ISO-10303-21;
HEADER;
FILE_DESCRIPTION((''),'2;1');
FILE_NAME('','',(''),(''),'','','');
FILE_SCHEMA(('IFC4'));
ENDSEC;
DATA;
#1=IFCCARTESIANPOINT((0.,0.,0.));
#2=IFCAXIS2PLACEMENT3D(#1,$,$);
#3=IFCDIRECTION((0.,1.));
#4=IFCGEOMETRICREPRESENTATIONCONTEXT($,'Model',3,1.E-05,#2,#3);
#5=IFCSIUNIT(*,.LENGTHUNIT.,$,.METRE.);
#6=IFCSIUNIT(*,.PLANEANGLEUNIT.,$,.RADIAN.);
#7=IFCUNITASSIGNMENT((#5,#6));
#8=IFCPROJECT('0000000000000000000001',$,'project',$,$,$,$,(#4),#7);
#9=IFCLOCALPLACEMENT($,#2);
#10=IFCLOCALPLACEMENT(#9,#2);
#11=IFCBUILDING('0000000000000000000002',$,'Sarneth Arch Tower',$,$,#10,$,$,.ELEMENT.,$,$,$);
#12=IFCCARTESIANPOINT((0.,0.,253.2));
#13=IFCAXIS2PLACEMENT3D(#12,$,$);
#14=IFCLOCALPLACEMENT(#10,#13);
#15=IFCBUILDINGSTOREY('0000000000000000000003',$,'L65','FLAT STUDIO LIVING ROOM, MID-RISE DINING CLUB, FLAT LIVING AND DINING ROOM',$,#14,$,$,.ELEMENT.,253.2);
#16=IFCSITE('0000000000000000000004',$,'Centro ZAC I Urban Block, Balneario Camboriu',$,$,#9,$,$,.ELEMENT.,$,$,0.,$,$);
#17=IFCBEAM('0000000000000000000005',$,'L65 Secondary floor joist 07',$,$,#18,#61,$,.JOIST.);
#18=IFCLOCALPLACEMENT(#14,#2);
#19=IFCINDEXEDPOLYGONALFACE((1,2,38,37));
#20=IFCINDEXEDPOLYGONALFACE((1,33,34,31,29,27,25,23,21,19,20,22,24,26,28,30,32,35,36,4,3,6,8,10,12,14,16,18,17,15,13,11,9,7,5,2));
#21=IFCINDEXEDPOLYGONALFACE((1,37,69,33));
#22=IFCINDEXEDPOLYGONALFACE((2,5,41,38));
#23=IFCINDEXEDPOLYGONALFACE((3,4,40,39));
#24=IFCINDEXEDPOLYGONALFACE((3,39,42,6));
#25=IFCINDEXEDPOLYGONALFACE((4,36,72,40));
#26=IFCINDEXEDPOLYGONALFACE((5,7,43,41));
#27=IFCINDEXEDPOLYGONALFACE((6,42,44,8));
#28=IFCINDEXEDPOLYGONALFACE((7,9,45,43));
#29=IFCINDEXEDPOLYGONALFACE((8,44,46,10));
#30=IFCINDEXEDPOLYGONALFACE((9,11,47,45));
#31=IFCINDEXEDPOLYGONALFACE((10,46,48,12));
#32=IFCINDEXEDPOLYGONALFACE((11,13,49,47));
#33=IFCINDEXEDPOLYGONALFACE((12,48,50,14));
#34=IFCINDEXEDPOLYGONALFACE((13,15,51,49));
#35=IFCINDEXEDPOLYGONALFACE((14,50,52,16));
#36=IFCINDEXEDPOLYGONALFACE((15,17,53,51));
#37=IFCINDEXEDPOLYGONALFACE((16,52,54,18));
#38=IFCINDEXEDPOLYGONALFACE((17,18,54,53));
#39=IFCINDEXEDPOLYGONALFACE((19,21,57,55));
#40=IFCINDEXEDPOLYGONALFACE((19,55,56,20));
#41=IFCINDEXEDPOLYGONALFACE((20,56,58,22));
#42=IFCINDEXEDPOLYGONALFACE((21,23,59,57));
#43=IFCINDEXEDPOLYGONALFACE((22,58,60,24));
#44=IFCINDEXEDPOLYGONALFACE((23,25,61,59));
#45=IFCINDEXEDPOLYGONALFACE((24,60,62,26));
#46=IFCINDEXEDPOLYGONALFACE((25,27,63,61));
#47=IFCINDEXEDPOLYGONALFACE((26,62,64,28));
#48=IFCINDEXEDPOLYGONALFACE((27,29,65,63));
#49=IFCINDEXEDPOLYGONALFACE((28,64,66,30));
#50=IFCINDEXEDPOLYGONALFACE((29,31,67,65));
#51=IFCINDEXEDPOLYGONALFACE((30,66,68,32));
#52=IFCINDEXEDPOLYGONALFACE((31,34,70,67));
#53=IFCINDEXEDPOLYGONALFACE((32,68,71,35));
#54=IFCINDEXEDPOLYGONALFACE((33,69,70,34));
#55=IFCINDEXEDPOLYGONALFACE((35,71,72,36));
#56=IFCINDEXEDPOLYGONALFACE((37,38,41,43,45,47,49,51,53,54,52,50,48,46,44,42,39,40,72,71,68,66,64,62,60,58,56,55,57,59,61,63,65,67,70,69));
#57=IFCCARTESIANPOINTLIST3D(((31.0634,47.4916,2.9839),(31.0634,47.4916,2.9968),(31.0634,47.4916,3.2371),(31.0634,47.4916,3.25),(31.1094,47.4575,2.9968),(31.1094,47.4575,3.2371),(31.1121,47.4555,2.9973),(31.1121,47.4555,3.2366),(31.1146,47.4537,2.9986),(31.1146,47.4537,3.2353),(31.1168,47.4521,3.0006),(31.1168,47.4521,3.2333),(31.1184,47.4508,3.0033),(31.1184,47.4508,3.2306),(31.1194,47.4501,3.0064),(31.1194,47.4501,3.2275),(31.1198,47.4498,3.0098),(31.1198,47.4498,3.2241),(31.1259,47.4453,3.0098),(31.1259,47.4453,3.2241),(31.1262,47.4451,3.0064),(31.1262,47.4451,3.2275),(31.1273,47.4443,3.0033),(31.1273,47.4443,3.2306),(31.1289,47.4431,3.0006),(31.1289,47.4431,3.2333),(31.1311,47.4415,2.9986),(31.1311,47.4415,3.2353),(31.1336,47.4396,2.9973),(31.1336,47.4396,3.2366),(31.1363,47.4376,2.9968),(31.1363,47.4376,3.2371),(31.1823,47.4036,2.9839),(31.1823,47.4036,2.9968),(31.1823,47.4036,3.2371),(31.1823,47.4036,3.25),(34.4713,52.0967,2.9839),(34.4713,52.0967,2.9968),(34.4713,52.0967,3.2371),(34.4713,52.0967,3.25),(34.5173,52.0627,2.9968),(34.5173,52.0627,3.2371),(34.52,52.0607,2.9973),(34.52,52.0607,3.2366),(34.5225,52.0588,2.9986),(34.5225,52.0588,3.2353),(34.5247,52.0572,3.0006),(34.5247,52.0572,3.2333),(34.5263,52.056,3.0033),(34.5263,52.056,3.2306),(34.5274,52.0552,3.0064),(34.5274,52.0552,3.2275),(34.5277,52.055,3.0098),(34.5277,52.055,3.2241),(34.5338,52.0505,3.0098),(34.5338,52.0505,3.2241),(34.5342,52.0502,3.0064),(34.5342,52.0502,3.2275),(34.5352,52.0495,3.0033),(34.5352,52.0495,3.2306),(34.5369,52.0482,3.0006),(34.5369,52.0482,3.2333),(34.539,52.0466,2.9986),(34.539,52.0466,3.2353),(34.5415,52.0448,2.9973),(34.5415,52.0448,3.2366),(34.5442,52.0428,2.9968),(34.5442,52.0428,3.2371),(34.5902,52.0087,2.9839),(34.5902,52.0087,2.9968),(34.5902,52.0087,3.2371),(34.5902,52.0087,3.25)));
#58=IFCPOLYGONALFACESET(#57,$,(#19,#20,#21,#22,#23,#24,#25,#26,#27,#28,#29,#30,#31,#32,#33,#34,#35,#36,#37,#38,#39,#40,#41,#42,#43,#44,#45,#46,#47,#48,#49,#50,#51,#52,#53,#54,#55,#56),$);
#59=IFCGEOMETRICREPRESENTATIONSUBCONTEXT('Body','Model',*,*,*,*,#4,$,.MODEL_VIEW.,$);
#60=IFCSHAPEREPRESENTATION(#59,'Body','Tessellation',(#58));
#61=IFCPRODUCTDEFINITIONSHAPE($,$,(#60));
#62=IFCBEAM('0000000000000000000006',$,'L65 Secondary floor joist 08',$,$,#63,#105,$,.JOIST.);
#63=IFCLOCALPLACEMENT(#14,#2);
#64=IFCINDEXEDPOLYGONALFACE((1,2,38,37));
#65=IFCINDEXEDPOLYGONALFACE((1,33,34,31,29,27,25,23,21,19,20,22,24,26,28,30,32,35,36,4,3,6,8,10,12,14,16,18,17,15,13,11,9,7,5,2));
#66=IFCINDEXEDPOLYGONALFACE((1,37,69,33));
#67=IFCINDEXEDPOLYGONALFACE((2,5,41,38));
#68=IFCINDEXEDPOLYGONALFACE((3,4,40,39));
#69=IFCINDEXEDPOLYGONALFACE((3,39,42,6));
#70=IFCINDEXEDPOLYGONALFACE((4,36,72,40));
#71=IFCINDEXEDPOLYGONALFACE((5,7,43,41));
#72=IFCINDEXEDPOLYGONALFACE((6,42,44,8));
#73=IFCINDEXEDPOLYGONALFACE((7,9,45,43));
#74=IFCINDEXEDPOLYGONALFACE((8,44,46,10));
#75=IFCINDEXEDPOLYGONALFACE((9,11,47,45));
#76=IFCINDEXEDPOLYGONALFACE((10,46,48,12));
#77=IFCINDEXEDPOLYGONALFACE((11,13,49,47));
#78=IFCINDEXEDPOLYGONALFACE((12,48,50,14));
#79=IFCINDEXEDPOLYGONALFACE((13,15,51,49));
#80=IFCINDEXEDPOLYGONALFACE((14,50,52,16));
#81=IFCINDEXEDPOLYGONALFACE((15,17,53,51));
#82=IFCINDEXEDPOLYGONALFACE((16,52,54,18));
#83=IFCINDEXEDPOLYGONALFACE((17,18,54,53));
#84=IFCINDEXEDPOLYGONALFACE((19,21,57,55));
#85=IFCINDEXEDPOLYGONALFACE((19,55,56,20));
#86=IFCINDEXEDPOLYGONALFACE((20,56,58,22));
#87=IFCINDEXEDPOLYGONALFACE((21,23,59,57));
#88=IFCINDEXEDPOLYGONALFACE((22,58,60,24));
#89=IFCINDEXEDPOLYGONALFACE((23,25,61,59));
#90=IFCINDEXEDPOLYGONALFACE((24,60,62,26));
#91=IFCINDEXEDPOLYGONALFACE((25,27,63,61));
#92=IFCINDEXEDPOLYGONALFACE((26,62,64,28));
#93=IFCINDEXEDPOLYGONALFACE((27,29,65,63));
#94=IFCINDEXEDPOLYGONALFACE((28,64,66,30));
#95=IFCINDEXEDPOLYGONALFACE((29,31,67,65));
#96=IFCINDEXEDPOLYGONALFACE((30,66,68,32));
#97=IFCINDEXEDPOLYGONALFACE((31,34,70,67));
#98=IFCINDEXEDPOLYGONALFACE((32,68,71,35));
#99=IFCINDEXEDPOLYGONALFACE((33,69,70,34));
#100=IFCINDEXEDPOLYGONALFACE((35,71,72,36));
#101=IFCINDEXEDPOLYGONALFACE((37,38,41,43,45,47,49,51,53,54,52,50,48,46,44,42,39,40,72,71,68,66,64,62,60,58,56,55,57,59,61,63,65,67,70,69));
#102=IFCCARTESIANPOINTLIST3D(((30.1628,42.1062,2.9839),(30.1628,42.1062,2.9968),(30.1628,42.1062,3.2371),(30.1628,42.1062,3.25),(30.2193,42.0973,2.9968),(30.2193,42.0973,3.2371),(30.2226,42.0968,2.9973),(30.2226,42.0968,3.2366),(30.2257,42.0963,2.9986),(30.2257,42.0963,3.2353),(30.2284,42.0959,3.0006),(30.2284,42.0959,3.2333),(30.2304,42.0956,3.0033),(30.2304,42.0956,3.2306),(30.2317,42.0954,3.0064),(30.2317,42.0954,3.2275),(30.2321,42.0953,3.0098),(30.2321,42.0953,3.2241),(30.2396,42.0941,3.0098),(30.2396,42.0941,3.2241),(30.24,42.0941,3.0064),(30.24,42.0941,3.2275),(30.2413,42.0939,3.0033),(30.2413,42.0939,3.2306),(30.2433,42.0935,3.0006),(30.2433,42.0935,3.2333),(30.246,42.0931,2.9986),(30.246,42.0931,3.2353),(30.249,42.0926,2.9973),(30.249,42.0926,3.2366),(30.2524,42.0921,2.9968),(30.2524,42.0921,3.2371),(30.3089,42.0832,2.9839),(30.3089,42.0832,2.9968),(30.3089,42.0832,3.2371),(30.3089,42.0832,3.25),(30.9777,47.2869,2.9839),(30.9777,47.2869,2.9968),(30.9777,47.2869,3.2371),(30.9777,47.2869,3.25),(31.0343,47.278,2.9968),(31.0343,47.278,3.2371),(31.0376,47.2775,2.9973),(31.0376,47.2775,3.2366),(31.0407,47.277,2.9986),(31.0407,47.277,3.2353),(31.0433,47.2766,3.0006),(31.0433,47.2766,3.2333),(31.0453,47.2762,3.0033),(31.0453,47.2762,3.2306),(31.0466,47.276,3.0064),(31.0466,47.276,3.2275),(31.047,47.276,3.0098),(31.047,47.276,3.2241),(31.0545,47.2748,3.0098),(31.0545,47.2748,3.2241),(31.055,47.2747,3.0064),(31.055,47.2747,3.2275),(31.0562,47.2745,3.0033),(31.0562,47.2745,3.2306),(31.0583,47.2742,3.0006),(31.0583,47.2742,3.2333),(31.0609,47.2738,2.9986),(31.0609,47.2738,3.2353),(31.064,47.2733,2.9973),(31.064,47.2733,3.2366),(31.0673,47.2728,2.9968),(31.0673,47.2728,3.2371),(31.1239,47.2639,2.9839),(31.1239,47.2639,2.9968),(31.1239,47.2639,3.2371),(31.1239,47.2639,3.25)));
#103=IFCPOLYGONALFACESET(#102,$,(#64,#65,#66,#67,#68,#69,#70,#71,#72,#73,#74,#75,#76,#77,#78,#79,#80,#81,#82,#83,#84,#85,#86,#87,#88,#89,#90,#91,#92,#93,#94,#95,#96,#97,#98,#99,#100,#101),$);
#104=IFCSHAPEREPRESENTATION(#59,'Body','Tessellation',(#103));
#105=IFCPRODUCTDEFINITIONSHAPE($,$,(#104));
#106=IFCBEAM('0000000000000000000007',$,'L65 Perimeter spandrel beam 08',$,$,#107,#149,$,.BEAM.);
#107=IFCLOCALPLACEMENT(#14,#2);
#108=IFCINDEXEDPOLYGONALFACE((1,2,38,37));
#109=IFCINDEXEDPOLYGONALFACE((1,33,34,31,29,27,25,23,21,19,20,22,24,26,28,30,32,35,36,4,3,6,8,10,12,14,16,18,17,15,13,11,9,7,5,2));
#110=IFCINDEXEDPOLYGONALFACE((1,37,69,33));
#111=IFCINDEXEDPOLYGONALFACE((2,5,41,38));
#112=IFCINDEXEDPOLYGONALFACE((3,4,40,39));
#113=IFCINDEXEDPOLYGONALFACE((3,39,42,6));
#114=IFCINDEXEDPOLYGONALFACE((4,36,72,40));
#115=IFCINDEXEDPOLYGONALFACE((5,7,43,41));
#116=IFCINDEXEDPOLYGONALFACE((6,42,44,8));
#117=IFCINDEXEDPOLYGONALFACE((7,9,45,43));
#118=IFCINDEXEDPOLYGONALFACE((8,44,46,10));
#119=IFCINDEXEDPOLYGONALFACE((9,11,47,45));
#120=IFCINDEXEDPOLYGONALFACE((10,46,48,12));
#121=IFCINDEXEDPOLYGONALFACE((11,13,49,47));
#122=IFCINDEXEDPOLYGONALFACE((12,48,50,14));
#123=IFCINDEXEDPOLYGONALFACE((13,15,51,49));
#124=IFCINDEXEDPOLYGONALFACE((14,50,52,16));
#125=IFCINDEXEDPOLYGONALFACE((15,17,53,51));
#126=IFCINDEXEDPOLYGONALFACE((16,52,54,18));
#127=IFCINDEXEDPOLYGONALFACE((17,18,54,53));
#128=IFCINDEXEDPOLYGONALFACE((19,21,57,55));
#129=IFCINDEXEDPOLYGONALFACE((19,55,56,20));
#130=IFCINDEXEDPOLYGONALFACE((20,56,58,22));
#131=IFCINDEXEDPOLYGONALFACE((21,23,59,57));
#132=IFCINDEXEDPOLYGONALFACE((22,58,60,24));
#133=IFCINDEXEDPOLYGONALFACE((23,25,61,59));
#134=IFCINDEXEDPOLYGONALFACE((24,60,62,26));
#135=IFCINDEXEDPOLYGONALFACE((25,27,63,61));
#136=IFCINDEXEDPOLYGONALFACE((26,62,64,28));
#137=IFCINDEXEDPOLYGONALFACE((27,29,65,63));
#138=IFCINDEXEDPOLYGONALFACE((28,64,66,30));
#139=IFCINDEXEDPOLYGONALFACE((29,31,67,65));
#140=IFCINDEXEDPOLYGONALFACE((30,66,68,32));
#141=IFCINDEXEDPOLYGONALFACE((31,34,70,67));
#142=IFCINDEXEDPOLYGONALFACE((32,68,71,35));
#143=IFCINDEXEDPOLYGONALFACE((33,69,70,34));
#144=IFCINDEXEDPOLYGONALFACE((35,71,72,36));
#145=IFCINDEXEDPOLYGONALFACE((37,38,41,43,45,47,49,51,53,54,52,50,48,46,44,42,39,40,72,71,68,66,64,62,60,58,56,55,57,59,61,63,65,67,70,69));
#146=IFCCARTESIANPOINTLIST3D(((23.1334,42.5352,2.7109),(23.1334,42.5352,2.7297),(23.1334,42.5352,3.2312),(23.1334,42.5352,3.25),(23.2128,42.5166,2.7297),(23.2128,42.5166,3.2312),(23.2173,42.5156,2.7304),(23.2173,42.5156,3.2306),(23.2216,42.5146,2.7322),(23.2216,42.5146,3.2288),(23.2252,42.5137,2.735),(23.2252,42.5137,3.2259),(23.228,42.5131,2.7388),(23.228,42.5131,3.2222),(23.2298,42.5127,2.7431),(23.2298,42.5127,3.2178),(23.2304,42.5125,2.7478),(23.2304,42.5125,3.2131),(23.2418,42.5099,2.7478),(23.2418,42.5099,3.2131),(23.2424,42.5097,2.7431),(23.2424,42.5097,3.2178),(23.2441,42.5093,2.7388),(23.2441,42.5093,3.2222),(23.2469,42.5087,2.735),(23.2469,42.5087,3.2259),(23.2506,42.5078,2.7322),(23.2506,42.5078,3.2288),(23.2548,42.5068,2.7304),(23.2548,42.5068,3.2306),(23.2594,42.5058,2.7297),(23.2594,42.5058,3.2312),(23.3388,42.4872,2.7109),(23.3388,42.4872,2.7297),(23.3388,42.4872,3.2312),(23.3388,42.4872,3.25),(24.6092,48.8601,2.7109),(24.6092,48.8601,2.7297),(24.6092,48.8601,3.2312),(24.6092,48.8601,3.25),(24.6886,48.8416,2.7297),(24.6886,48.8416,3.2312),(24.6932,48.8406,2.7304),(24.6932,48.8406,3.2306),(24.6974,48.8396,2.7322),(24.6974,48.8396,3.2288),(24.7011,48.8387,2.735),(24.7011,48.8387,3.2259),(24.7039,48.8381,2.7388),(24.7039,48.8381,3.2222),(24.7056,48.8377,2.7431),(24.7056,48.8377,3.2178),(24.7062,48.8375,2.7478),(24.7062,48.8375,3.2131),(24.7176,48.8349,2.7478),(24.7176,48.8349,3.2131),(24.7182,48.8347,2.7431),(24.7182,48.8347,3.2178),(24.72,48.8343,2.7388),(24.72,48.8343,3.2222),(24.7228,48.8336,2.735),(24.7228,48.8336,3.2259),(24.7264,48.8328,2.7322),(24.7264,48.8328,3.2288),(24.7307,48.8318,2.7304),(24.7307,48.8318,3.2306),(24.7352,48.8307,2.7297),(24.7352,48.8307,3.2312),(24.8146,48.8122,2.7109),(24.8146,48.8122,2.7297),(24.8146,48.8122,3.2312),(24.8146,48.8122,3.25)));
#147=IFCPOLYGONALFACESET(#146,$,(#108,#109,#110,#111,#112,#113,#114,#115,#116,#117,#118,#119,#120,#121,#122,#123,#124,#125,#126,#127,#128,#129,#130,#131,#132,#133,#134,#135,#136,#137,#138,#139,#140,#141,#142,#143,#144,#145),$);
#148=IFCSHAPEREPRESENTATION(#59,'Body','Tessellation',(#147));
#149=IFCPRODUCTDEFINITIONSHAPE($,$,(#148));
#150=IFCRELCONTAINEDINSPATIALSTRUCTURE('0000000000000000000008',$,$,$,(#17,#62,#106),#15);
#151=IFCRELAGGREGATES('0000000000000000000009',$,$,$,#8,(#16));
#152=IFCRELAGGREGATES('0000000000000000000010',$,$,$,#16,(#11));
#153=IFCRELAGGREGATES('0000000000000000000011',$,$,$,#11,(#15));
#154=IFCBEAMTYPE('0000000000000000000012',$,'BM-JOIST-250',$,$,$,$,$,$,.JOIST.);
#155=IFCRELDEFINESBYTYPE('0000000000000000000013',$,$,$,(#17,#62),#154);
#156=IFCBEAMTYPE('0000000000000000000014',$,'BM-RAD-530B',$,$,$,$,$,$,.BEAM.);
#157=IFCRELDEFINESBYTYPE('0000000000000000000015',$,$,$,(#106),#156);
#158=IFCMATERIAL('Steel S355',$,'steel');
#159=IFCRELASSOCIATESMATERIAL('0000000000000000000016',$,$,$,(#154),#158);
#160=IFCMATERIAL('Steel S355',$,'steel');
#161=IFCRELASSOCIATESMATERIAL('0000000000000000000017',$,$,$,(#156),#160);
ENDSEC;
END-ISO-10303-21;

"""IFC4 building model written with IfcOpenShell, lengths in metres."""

from ifc_helpers import new_model, si_unit, direction, frame, origin, origin_2d, place, context, subcontext, project, spatial, i_section, extrude, material, material_profile, profile_set, type_object, element, save


model = new_model("IFC4")

# Units and contexts
model_context = context("Model", 3, precision=1e-05, world=origin(), true_north=direction((0.0, 1.0)))
body_context = subcontext(model_context, "Body", "Model", "MODEL_VIEW")
ifc_project = project(units=[si_unit("LENGTHUNIT", "METRE"), si_unit("PLANEANGLEUNIT", "RADIAN")], contexts=[model_context])

# Site, building, storey
site_placement = place(None, origin())
site = spatial("IfcSite", under=ifc_project, at=site_placement, Name="Centro ZAC I Urban Block, Balneario Camboriu", CompositionType="ELEMENT", RefElevation=0.0)
building_placement = place(site_placement, origin())
building = spatial("IfcBuilding", under=site, at=building_placement, Name="Sarneth Arch Tower", CompositionType="ELEMENT")
storey_placement = place(building_placement, frame((0.0, 0.0, 253.2)))
storey = spatial("IfcBuildingStorey", under=building, at=storey_placement, Name="L65", Description="FLAT STUDIO LIVING ROOM, MID-RISE DINING CLUB, FLAT LIVING AND DINING ROOM", CompositionType="ELEMENT", Elevation=253.2)

# Beams
ifc_material_1 = material(Name="Steel S355", Category="steel")
ifc_material_profile_1 = material_profile(ifc_material_1, i_section(OverallWidth=0.1479, OverallDepth=0.2661, WebThickness=0.0076, FlangeThickness=0.0129, FilletRadius=0.0129, at=origin_2d()), Name="W250x44.8")
ifc_profile_set_1 = profile_set([ifc_material_profile_1], Name="Steel S355")
beam_type_1 = type_object("IfcBeamType", Name="BM-JOIST-250", PredefinedType="JOIST", material=ifc_profile_set_1)
beam_1_placement = place(storey_placement, frame((34.5308, 52.0527, 3.1169), z_axis=(-0.594853, -0.803834, 0.0), x_axis=(0.803834, -0.594853, 0.0)))
element("IfcBeam", 1, at=beam_1_placement, inside=storey, type_object=beam_type_1, Name="L65 Secondary floor joist 07", PredefinedType="JOIST", context=body_context, shape_type="SweptSolid", body=[
    extrude(i_section(OverallWidth=0.1479, OverallDepth=0.2661, WebThickness=0.0076, FlangeThickness=0.0129, FilletRadius=0.0129, at=origin_2d()), origin(), (0.0, 0.0, 1.0), 5.729),
])
beam_2_placement = place(storey_placement, frame((31.0508, 47.2754, 3.1169), z_axis=(-0.155394, -0.987853, 0.0), x_axis=(0.987853, -0.155394, 0.0)))
element("IfcBeam", 2, at=beam_2_placement, inside=storey, type_object=beam_type_1, Name="L65 Secondary floor joist 08", PredefinedType="JOIST", context=body_context, shape_type="SweptSolid", body=[
    extrude(i_section(OverallWidth=0.1479, OverallDepth=0.2661, WebThickness=0.0076, FlangeThickness=0.0129, FilletRadius=0.0129, at=origin_2d()), origin(), (0.0, 0.0, 1.0), 5.2444),
])
ifc_material_2 = material(Name="Steel S355", Category="steel")
ifc_material_profile_2 = material_profile(ifc_material_2, i_section(OverallWidth=0.2109, OverallDepth=0.5391, WebThickness=0.0117, FlangeThickness=0.0188, FilletRadius=0.0181, at=origin_2d()), Name="W530x109")
ifc_profile_set_2 = profile_set([ifc_material_profile_2], Name="Steel S355")
beam_type_2 = type_object("IfcBeamType", Name="BM-RAD-530B", PredefinedType="BEAM", material=ifc_profile_set_2)
beam_3_placement = place(storey_placement, frame((24.7119, 48.8362, 2.9805), z_axis=(-0.227231, -0.973841, 0.0), x_axis=(0.973841, -0.227231, 0.0)))
element("IfcBeam", 3, at=beam_3_placement, inside=storey, type_object=beam_type_2, Name="L65 Perimeter spandrel beam 08", PredefinedType="BEAM", context=body_context, shape_type="SweptSolid", body=[
    extrude(i_section(OverallWidth=0.2109, OverallDepth=0.5391, WebThickness=0.0117, FlangeThickness=0.0188, FilletRadius=0.0181, at=origin_2d()), origin(), (0.0, 0.0, 1.0), 6.4949),
])

save(model, "model.ifc")
